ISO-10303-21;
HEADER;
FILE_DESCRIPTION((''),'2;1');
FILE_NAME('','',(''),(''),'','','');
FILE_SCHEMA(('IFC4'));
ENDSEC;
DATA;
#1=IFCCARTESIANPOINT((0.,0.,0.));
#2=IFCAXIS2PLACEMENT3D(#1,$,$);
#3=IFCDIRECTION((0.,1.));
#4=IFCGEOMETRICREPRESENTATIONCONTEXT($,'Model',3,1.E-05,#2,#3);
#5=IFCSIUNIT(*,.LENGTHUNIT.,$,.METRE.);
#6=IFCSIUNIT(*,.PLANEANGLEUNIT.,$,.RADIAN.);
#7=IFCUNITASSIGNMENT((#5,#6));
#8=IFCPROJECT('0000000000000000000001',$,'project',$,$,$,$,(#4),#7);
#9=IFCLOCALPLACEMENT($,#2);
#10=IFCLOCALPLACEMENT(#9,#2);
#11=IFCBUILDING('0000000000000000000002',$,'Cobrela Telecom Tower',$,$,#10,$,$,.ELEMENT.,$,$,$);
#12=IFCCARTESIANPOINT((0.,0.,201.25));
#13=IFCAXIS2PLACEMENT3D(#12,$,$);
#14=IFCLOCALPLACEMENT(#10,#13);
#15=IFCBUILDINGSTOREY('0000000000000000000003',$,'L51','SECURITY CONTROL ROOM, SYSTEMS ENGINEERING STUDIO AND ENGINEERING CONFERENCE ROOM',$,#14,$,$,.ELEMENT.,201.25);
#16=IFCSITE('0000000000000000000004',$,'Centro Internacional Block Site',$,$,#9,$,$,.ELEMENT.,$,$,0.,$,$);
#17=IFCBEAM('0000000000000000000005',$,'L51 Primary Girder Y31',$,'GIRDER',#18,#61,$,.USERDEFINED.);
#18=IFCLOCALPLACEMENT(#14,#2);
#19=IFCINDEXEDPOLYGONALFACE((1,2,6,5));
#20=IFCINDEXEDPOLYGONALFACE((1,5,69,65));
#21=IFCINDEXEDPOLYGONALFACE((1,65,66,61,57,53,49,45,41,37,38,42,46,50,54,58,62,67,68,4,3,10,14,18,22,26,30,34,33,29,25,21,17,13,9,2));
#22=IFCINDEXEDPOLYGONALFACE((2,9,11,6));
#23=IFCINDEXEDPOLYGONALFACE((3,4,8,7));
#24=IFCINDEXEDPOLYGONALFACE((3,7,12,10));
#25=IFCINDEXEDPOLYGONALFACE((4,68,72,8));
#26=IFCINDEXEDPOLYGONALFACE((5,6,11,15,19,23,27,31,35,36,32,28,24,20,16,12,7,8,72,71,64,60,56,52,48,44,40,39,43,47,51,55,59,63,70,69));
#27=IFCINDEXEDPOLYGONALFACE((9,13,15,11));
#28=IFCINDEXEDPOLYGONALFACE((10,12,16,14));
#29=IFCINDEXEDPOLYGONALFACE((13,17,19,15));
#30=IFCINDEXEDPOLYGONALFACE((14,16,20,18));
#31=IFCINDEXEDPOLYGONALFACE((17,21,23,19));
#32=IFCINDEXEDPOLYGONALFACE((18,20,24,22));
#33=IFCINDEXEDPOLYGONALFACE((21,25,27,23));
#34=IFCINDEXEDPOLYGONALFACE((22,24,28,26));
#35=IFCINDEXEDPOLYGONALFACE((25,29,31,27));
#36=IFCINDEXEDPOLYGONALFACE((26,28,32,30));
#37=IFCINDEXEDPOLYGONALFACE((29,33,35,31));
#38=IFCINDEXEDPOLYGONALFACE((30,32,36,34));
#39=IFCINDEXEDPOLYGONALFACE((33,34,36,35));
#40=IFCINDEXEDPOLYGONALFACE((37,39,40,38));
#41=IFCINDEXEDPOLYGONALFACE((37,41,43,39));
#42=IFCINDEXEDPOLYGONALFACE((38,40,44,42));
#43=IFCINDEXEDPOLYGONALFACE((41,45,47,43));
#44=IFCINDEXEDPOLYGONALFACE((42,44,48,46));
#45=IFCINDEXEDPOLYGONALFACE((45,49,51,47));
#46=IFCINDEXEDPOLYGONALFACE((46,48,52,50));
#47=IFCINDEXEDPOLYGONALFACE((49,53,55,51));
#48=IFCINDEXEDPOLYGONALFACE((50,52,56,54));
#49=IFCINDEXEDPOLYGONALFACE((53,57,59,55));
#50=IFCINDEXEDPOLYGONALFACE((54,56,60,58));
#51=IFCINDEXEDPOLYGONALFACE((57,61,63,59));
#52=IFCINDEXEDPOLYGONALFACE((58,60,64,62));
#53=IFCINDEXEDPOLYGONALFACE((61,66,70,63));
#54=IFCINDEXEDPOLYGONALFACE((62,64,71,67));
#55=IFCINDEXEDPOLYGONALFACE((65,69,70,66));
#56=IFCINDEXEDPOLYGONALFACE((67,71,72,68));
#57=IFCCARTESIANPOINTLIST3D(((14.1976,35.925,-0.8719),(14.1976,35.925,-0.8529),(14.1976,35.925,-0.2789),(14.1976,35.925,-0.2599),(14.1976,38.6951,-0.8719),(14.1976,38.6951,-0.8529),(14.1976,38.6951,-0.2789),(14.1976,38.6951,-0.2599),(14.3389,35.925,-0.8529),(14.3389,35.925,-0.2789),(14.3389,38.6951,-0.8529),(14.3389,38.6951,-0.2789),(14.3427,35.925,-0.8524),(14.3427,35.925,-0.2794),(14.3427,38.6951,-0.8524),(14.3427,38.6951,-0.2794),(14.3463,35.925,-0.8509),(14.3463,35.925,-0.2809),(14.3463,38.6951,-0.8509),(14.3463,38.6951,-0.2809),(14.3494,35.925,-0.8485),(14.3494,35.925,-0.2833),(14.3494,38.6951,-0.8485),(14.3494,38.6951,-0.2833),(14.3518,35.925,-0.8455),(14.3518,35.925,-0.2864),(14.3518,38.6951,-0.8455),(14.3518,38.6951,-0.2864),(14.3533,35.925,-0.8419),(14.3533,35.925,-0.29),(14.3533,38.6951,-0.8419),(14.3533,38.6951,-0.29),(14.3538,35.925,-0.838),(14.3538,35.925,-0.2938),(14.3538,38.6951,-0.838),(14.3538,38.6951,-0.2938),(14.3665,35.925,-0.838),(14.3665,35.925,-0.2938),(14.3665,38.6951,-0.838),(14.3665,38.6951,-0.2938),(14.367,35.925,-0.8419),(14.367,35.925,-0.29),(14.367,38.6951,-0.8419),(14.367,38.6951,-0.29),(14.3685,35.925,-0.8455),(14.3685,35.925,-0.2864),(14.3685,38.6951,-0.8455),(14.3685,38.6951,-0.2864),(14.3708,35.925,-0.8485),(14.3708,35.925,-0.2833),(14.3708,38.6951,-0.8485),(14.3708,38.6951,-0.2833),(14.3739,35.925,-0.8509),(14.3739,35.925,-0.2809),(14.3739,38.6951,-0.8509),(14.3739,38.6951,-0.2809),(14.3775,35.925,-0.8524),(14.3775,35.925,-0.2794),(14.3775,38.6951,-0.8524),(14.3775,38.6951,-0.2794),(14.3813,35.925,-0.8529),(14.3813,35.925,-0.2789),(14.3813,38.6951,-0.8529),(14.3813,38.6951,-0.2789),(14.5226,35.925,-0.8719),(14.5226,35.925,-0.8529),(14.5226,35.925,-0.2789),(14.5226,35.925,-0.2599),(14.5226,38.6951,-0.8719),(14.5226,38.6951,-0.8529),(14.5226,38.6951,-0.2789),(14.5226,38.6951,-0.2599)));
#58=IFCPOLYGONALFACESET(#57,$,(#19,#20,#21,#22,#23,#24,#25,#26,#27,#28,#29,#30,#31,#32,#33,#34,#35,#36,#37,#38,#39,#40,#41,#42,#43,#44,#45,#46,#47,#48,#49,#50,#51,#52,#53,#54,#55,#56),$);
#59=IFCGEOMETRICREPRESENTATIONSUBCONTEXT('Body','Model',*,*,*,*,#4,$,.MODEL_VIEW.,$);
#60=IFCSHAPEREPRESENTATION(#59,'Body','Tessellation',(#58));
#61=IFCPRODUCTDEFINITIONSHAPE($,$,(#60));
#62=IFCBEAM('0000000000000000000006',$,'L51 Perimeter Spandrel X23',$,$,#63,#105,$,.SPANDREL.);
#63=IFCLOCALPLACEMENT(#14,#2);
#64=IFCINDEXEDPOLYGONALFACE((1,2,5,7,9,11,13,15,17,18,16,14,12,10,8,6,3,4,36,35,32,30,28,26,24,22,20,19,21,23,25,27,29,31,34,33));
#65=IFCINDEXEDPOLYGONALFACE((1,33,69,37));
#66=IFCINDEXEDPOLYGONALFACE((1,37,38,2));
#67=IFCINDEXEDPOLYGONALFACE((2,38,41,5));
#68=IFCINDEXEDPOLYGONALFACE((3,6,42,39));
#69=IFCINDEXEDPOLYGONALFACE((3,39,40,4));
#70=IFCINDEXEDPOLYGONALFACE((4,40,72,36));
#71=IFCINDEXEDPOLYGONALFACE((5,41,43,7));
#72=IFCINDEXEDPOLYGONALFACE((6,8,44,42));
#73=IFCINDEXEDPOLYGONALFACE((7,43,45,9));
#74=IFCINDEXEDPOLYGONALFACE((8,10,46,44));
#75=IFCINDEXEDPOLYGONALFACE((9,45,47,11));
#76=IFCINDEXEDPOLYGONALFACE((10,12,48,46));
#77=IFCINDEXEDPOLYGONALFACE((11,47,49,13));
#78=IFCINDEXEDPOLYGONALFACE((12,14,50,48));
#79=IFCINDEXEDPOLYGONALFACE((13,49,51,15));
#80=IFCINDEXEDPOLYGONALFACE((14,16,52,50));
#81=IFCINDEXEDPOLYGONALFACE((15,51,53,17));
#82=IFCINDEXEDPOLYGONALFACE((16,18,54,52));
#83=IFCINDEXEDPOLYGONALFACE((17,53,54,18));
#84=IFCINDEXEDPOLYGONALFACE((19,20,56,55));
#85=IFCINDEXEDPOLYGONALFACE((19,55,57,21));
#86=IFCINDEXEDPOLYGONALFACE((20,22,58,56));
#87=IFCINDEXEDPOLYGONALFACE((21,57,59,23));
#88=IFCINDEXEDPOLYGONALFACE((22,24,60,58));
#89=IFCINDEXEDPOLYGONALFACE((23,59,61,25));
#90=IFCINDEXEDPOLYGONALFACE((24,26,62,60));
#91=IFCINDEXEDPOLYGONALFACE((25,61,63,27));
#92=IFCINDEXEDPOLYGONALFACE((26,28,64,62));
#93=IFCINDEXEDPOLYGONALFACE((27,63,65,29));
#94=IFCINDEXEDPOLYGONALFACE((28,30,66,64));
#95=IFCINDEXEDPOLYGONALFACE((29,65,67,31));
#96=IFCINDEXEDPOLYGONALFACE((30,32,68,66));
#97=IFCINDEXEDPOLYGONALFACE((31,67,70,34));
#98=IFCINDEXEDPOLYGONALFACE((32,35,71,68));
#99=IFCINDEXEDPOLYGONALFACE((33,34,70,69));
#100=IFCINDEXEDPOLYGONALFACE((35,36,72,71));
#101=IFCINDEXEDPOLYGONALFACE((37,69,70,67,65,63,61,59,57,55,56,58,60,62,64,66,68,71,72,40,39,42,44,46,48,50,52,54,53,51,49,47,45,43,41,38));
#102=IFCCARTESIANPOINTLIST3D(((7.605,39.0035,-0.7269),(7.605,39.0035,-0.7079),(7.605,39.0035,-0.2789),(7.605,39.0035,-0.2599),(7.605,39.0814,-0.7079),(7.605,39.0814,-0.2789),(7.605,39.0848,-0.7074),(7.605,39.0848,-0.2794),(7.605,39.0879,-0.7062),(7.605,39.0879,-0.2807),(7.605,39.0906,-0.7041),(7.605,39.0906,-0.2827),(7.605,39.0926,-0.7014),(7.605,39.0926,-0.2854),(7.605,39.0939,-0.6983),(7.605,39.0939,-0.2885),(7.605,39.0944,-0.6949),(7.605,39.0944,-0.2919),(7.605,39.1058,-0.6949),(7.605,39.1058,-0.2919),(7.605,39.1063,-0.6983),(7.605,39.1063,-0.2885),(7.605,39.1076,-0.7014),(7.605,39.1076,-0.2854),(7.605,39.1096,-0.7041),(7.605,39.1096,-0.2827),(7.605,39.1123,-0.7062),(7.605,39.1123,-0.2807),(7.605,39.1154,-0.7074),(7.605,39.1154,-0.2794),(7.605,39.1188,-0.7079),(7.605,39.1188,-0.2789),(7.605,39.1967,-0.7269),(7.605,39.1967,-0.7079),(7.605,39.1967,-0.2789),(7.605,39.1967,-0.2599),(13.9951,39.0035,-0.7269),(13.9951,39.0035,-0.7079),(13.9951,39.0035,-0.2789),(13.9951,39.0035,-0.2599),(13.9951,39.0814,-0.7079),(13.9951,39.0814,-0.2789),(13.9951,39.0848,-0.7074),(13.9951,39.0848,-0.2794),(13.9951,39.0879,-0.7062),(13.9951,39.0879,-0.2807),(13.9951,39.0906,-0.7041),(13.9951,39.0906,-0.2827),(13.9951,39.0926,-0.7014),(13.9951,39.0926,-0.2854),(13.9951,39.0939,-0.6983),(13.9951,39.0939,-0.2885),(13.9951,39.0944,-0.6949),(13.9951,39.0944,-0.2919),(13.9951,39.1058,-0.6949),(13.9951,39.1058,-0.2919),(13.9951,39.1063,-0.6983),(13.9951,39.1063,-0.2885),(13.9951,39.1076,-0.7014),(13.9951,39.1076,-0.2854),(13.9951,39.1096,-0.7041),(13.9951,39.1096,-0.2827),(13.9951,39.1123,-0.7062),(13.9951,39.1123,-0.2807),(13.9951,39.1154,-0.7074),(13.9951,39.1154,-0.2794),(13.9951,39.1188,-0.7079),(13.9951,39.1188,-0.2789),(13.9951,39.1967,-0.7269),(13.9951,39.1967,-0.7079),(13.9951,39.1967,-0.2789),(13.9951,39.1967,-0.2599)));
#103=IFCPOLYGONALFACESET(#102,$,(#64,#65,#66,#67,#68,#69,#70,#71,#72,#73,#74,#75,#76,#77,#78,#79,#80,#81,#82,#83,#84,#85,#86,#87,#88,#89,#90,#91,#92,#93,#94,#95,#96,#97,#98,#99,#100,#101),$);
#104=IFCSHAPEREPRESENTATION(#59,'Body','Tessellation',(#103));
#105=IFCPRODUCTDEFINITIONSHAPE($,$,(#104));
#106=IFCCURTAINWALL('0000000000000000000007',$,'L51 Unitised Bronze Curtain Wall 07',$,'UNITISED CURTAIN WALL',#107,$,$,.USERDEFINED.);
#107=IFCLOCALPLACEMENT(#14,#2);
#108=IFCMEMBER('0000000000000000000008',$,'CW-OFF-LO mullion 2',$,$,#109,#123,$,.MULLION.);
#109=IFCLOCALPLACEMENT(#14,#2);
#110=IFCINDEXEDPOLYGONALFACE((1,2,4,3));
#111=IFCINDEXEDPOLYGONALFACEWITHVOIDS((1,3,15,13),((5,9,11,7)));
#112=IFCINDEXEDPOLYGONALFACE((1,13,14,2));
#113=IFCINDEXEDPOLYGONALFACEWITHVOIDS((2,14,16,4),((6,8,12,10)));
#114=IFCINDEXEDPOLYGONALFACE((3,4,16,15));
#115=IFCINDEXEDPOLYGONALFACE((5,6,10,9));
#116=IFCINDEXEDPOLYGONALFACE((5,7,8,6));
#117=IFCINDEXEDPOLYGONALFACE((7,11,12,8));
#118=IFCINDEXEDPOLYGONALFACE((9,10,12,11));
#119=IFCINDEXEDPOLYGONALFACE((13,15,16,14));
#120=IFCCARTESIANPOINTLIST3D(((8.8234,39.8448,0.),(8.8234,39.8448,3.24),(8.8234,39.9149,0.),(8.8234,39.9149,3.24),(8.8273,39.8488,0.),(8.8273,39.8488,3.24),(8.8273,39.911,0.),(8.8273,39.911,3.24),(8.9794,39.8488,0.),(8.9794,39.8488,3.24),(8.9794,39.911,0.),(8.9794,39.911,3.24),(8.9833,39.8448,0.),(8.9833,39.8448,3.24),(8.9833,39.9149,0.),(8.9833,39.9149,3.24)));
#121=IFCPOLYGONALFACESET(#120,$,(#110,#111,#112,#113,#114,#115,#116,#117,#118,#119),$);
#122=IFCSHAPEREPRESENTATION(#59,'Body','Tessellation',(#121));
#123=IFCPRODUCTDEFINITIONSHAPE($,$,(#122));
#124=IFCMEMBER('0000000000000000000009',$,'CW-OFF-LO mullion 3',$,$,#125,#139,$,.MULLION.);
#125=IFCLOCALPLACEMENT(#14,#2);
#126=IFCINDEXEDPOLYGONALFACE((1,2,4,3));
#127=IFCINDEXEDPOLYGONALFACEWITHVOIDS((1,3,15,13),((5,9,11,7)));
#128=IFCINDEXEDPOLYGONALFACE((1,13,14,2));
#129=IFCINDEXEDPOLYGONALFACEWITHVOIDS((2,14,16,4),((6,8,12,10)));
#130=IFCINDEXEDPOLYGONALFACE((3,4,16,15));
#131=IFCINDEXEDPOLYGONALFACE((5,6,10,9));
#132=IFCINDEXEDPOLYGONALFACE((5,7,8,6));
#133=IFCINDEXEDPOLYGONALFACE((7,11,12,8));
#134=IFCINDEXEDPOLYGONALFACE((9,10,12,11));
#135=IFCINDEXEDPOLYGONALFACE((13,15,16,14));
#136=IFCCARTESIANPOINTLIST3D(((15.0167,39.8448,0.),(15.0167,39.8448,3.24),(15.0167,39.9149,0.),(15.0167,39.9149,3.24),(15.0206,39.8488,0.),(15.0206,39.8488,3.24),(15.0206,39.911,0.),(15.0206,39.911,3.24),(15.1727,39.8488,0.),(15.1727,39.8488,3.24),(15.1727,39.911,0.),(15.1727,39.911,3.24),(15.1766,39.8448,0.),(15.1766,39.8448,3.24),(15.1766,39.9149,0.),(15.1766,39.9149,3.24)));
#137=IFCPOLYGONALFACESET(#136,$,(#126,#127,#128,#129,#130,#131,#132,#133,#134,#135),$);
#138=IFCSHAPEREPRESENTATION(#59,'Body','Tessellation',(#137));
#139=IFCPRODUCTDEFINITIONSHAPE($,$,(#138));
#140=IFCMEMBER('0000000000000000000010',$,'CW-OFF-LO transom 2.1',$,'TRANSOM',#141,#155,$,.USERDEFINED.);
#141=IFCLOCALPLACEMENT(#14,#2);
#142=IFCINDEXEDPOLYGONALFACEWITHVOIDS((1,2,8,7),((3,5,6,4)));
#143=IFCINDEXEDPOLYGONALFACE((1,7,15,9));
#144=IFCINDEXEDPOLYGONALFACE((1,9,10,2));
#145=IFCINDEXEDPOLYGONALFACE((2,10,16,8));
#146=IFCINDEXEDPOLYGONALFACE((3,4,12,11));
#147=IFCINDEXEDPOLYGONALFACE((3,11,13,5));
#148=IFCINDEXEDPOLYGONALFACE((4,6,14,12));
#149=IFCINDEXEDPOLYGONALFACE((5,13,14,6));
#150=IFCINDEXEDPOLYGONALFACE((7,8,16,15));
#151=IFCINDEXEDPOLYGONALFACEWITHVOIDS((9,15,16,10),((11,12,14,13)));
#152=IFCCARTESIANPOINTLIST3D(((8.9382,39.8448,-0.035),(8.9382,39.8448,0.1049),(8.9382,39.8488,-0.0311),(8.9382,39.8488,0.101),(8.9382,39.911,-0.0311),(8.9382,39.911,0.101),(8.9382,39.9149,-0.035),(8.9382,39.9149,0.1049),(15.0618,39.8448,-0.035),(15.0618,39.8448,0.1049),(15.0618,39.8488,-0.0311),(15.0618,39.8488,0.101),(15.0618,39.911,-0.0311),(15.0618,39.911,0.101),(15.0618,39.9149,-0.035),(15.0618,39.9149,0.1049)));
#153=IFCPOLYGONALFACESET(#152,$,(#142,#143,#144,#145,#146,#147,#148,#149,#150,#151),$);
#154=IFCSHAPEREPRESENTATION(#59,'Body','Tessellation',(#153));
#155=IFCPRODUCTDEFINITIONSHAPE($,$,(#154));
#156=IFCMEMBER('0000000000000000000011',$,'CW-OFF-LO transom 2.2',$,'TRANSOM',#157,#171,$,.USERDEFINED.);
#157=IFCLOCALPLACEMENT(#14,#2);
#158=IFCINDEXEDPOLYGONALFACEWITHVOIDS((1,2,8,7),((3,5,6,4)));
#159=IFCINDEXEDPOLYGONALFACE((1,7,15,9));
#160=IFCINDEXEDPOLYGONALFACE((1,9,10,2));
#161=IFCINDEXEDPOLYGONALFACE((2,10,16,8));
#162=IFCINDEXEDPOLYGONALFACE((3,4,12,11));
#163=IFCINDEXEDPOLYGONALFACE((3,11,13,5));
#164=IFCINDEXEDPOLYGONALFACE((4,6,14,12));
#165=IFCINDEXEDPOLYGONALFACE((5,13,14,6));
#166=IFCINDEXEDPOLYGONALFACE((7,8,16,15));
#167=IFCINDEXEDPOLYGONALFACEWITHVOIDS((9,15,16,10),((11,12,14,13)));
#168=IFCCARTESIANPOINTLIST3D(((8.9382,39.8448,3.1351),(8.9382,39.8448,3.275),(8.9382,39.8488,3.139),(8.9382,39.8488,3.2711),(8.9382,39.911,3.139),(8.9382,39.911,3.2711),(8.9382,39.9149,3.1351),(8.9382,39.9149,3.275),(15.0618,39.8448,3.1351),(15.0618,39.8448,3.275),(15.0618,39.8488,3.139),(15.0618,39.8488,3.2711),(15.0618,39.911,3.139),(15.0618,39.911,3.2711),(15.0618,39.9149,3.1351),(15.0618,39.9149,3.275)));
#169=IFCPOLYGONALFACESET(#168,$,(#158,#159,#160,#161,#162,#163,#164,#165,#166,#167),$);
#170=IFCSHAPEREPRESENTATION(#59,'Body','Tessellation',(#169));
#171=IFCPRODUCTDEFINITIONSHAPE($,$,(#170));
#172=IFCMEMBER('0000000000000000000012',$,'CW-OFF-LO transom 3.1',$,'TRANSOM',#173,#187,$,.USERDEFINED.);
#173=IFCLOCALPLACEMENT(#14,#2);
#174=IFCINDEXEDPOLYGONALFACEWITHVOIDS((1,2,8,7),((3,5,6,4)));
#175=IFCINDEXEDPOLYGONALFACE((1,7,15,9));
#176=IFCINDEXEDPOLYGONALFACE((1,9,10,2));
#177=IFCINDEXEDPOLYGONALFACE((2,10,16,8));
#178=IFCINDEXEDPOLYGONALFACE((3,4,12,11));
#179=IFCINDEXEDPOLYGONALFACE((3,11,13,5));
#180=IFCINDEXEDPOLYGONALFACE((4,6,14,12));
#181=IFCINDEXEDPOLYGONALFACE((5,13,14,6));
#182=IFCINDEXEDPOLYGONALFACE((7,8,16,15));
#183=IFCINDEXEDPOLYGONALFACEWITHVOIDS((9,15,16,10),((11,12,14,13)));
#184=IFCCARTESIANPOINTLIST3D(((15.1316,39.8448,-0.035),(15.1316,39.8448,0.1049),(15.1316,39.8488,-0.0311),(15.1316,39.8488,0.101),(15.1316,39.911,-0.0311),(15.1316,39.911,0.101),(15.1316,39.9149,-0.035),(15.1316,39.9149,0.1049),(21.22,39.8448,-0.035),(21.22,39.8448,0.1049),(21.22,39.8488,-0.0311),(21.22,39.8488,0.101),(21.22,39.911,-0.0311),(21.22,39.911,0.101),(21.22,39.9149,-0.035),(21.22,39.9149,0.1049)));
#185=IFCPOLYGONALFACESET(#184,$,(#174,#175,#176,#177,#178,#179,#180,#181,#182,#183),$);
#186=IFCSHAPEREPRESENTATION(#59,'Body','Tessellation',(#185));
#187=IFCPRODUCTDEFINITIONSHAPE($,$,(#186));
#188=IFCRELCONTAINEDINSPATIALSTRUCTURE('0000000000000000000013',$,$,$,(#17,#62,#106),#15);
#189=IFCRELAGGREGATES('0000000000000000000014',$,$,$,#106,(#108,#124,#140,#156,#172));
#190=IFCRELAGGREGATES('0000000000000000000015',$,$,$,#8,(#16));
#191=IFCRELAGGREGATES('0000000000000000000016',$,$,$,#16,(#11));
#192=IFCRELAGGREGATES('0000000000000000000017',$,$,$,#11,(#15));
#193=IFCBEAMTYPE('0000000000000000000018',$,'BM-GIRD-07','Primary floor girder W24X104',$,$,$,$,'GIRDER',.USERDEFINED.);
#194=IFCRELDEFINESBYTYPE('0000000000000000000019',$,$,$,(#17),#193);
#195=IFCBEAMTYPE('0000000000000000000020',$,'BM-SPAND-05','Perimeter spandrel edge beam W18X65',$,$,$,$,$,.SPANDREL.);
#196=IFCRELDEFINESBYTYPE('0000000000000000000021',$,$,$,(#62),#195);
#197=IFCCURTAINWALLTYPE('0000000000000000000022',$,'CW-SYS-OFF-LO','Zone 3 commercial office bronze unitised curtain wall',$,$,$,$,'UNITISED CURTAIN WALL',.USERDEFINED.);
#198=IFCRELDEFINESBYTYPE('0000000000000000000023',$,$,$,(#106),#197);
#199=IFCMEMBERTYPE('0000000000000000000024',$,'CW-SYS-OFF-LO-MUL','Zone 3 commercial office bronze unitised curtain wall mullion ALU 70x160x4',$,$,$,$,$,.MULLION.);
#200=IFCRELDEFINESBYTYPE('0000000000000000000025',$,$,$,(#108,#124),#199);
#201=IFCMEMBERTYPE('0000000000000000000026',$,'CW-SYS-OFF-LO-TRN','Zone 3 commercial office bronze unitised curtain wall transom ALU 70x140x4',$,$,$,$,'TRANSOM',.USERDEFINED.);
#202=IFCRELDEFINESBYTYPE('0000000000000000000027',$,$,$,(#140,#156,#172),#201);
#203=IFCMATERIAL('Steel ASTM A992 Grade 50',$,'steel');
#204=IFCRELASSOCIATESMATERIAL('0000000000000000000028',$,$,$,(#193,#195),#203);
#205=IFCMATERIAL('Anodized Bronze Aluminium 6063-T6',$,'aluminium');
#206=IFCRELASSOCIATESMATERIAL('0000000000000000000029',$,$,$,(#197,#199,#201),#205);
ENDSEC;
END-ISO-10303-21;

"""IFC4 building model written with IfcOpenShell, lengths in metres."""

from ifc_helpers import new_model, si_unit, direction, frame, origin, origin_2d, place, context, subcontext, project, spatial, hollow_rectangle, i_section, extrude, material, material_profile, profile_set, type_object, element, aggregate, save


model = new_model("IFC4")

# Units and contexts
model_context = context("Model", 3, precision=1e-05, world=origin(), true_north=direction((0.0, 1.0)))
body_context = subcontext(model_context, "Body", "Model", "MODEL_VIEW")
ifc_project = project(units=[si_unit("LENGTHUNIT", "METRE"), si_unit("PLANEANGLEUNIT", "RADIAN")], contexts=[model_context])

# Site, building, storey
site_placement = place(None, origin())
site = spatial("IfcSite", under=ifc_project, at=site_placement, Name="Centro Internacional Block Site", CompositionType="ELEMENT", RefElevation=0.0)
building_placement = place(site_placement, origin())
building = spatial("IfcBuilding", under=site, at=building_placement, Name="Cobrela Telecom Tower", CompositionType="ELEMENT")
storey_placement = place(building_placement, frame((0.0, 0.0, 201.25)))
storey = spatial("IfcBuildingStorey", under=building, at=storey_placement, Name="L51", Description="SECURITY CONTROL ROOM, SYSTEMS ENGINEERING STUDIO AND ENGINEERING CONFERENCE ROOM", CompositionType="ELEMENT", Elevation=201.25)

# Beams
ifc_material_1 = material(Name="Steel ASTM A992 Grade 50", Category="steel")
ifc_material_profile_1 = material_profile(ifc_material_1, i_section(OverallWidth=0.325, OverallDepth=0.6121, WebThickness=0.0127, FlangeThickness=0.019, FilletRadius=0.0149, at=origin_2d()), Name="W24X104")
ifc_profile_set_1 = profile_set([ifc_material_profile_1], Name="Steel ASTM A992 Grade 50")
beam_type_1 = type_object("IfcBeamType", Name="BM-GIRD-07", Description="Primary floor girder W24X104", ElementType="GIRDER", PredefinedType="USERDEFINED", material=ifc_profile_set_1)
for number, where, z_axis, x_axis, name in (
    (1, (14.3601, 35.925, -0.5659), (0.0, 1.0, 0.0), (-1.0, 0.0, 0.0), "L51 Primary Girder Y31"),
):
    element("IfcBeam", number, at=place(storey_placement, frame(where, z_axis=z_axis, x_axis=x_axis)), inside=storey, type_object=beam_type_1, Name=name, ObjectType="GIRDER", PredefinedType="USERDEFINED", context=body_context, shape_type="SweptSolid", body=[
        extrude(i_section(OverallWidth=0.325, OverallDepth=0.6121, WebThickness=0.0127, FlangeThickness=0.019, FilletRadius=0.0149, at=origin_2d()), origin(), (0.0, 0.0, 1.0), 2.77),
    ])
ifc_material_profile_2 = material_profile(ifc_material_1, i_section(OverallWidth=0.1931, OverallDepth=0.467, WebThickness=0.0115, FlangeThickness=0.019, FilletRadius=0.0129, at=origin_2d()), Name="W18X65")
ifc_profile_set_2 = profile_set([ifc_material_profile_2], Name="Steel ASTM A992 Grade 50")
beam_type_2 = type_object("IfcBeamType", Name="BM-SPAND-05", Description="Perimeter spandrel edge beam W18X65", PredefinedType="SPANDREL", material=ifc_profile_set_2)
beam_1_placement = place(storey_placement, frame((7.605, 39.1001, -0.4934), z_axis=(1.0, 0.0, 0.0), x_axis=(0.0, 1.0, 0.0)))
element("IfcBeam", 2, at=beam_1_placement, inside=storey, type_object=beam_type_2, Name="L51 Perimeter Spandrel X23", PredefinedType="SPANDREL", context=body_context, shape_type="SweptSolid", body=[
    extrude(i_section(OverallWidth=0.1931, OverallDepth=0.467, WebThickness=0.0115, FlangeThickness=0.019, FilletRadius=0.0129, at=origin_2d()), origin(), (0.0, 0.0, 1.0), 6.3901),
])

# Curtain wall, members
ifc_material_2 = material(Name="Anodized Bronze Aluminium 6063-T6", Category="aluminium")
curtain_wall_type = type_object("IfcCurtainWallType", Name="CW-SYS-OFF-LO", Description="Zone 3 commercial office bronze unitised curtain wall", ElementType="UNITISED CURTAIN WALL", PredefinedType="USERDEFINED", material=ifc_material_2)
curtain_wall_placement = place(storey_placement, origin())
curtain_wall = element("IfcCurtainWall", 3, at=curtain_wall_placement, inside=storey, type_object=curtain_wall_type, Name="L51 Unitised Bronze Curtain Wall 07", ObjectType="UNITISED CURTAIN WALL", PredefinedType="USERDEFINED")
ifc_material_profile_3 = material_profile(ifc_material_2, hollow_rectangle(XDim=0.0701, YDim=0.1599, WallThickness=0.0039, at=origin_2d()), Name="ALU 70x160x4")
ifc_profile_set_3 = profile_set([ifc_material_profile_3], Name="Anodized Bronze Aluminium 6063-T6")
member_type_1 = type_object("IfcMemberType", Name="CW-SYS-OFF-LO-MUL", Description="Zone 3 commercial office bronze unitised curtain wall mullion ALU 70x160x4", PredefinedType="MULLION", material=ifc_profile_set_3)
member_1_placement = place(storey_placement, frame((8.9033, 39.8799, 0.0), z_axis=(0.0, 0.0, 1.0), x_axis=(0.0, 1.0, 0.0)))
member_1 = element("IfcMember", 4, at=member_1_placement, type_object=member_type_1, Name="CW-OFF-LO mullion 2", PredefinedType="MULLION", context=body_context, shape_type="SweptSolid", body=[
    extrude(hollow_rectangle(XDim=0.0701, YDim=0.1599, WallThickness=0.0039, at=origin_2d()), origin(), (0.0, 0.0, 1.0), 3.24),
])
member_2_placement = place(storey_placement, frame((15.0967, 39.8799, 0.0), z_axis=(0.0, 0.0, 1.0), x_axis=(0.0, 1.0, 0.0)))
member_2 = element("IfcMember", 5, at=member_2_placement, type_object=member_type_1, Name="CW-OFF-LO mullion 3", PredefinedType="MULLION", context=body_context, shape_type="SweptSolid", body=[
    extrude(hollow_rectangle(XDim=0.0701, YDim=0.1599, WallThickness=0.0039, at=origin_2d()), origin(), (0.0, 0.0, 1.0), 3.24),
])
ifc_material_profile_4 = material_profile(ifc_material_2, hollow_rectangle(XDim=0.0701, YDim=0.1399, WallThickness=0.0039, at=origin_2d()), Name="ALU 70x140x4")
ifc_profile_set_4 = profile_set([ifc_material_profile_4], Name="Anodized Bronze Aluminium 6063-T6")
member_type_2 = type_object("IfcMemberType", Name="CW-SYS-OFF-LO-TRN", Description="Zone 3 commercial office bronze unitised curtain wall transom ALU 70x140x4", ElementType="TRANSOM", PredefinedType="USERDEFINED", material=ifc_profile_set_4)
member_3_placement = place(storey_placement, frame((8.9382, 39.8799, 0.0349), z_axis=(1.0, 0.0, 0.0), x_axis=(0.0, 1.0, 0.0)))
member_3 = element("IfcMember", 6, at=member_3_placement, type_object=member_type_2, Name="CW-OFF-LO transom 2.1", ObjectType="TRANSOM", PredefinedType="USERDEFINED", context=body_context, shape_type="SweptSolid", body=[
    extrude(hollow_rectangle(XDim=0.0701, YDim=0.1399, WallThickness=0.0039, at=origin_2d()), origin(), (0.0, 0.0, 1.0), 6.1235),
])
member_4_placement = place(storey_placement, frame((8.9382, 39.8799, 3.2051), z_axis=(1.0, 0.0, 0.0), x_axis=(0.0, 1.0, 0.0)))
member_4 = element("IfcMember", 7, at=member_4_placement, type_object=member_type_2, Name="CW-OFF-LO transom 2.2", ObjectType="TRANSOM", PredefinedType="USERDEFINED", context=body_context, shape_type="SweptSolid", body=[
    extrude(hollow_rectangle(XDim=0.0701, YDim=0.1399, WallThickness=0.0039, at=origin_2d()), origin(), (0.0, 0.0, 1.0), 6.1235),
])
member_5_placement = place(storey_placement, frame((15.1316, 39.8799, 0.0349), z_axis=(1.0, 0.0, 0.0), x_axis=(0.0, 1.0, 0.0)))
member_5 = element("IfcMember", 8, at=member_5_placement, type_object=member_type_2, Name="CW-OFF-LO transom 3.1", ObjectType="TRANSOM", PredefinedType="USERDEFINED", context=body_context, shape_type="SweptSolid", body=[
    extrude(hollow_rectangle(XDim=0.0701, YDim=0.1399, WallThickness=0.0039, at=origin_2d()), origin(), (0.0, 0.0, 1.0), 6.0884),
])
aggregate(curtain_wall, [member_1, member_2, member_3, member_4, member_5])

save(model, "model.ifc")
